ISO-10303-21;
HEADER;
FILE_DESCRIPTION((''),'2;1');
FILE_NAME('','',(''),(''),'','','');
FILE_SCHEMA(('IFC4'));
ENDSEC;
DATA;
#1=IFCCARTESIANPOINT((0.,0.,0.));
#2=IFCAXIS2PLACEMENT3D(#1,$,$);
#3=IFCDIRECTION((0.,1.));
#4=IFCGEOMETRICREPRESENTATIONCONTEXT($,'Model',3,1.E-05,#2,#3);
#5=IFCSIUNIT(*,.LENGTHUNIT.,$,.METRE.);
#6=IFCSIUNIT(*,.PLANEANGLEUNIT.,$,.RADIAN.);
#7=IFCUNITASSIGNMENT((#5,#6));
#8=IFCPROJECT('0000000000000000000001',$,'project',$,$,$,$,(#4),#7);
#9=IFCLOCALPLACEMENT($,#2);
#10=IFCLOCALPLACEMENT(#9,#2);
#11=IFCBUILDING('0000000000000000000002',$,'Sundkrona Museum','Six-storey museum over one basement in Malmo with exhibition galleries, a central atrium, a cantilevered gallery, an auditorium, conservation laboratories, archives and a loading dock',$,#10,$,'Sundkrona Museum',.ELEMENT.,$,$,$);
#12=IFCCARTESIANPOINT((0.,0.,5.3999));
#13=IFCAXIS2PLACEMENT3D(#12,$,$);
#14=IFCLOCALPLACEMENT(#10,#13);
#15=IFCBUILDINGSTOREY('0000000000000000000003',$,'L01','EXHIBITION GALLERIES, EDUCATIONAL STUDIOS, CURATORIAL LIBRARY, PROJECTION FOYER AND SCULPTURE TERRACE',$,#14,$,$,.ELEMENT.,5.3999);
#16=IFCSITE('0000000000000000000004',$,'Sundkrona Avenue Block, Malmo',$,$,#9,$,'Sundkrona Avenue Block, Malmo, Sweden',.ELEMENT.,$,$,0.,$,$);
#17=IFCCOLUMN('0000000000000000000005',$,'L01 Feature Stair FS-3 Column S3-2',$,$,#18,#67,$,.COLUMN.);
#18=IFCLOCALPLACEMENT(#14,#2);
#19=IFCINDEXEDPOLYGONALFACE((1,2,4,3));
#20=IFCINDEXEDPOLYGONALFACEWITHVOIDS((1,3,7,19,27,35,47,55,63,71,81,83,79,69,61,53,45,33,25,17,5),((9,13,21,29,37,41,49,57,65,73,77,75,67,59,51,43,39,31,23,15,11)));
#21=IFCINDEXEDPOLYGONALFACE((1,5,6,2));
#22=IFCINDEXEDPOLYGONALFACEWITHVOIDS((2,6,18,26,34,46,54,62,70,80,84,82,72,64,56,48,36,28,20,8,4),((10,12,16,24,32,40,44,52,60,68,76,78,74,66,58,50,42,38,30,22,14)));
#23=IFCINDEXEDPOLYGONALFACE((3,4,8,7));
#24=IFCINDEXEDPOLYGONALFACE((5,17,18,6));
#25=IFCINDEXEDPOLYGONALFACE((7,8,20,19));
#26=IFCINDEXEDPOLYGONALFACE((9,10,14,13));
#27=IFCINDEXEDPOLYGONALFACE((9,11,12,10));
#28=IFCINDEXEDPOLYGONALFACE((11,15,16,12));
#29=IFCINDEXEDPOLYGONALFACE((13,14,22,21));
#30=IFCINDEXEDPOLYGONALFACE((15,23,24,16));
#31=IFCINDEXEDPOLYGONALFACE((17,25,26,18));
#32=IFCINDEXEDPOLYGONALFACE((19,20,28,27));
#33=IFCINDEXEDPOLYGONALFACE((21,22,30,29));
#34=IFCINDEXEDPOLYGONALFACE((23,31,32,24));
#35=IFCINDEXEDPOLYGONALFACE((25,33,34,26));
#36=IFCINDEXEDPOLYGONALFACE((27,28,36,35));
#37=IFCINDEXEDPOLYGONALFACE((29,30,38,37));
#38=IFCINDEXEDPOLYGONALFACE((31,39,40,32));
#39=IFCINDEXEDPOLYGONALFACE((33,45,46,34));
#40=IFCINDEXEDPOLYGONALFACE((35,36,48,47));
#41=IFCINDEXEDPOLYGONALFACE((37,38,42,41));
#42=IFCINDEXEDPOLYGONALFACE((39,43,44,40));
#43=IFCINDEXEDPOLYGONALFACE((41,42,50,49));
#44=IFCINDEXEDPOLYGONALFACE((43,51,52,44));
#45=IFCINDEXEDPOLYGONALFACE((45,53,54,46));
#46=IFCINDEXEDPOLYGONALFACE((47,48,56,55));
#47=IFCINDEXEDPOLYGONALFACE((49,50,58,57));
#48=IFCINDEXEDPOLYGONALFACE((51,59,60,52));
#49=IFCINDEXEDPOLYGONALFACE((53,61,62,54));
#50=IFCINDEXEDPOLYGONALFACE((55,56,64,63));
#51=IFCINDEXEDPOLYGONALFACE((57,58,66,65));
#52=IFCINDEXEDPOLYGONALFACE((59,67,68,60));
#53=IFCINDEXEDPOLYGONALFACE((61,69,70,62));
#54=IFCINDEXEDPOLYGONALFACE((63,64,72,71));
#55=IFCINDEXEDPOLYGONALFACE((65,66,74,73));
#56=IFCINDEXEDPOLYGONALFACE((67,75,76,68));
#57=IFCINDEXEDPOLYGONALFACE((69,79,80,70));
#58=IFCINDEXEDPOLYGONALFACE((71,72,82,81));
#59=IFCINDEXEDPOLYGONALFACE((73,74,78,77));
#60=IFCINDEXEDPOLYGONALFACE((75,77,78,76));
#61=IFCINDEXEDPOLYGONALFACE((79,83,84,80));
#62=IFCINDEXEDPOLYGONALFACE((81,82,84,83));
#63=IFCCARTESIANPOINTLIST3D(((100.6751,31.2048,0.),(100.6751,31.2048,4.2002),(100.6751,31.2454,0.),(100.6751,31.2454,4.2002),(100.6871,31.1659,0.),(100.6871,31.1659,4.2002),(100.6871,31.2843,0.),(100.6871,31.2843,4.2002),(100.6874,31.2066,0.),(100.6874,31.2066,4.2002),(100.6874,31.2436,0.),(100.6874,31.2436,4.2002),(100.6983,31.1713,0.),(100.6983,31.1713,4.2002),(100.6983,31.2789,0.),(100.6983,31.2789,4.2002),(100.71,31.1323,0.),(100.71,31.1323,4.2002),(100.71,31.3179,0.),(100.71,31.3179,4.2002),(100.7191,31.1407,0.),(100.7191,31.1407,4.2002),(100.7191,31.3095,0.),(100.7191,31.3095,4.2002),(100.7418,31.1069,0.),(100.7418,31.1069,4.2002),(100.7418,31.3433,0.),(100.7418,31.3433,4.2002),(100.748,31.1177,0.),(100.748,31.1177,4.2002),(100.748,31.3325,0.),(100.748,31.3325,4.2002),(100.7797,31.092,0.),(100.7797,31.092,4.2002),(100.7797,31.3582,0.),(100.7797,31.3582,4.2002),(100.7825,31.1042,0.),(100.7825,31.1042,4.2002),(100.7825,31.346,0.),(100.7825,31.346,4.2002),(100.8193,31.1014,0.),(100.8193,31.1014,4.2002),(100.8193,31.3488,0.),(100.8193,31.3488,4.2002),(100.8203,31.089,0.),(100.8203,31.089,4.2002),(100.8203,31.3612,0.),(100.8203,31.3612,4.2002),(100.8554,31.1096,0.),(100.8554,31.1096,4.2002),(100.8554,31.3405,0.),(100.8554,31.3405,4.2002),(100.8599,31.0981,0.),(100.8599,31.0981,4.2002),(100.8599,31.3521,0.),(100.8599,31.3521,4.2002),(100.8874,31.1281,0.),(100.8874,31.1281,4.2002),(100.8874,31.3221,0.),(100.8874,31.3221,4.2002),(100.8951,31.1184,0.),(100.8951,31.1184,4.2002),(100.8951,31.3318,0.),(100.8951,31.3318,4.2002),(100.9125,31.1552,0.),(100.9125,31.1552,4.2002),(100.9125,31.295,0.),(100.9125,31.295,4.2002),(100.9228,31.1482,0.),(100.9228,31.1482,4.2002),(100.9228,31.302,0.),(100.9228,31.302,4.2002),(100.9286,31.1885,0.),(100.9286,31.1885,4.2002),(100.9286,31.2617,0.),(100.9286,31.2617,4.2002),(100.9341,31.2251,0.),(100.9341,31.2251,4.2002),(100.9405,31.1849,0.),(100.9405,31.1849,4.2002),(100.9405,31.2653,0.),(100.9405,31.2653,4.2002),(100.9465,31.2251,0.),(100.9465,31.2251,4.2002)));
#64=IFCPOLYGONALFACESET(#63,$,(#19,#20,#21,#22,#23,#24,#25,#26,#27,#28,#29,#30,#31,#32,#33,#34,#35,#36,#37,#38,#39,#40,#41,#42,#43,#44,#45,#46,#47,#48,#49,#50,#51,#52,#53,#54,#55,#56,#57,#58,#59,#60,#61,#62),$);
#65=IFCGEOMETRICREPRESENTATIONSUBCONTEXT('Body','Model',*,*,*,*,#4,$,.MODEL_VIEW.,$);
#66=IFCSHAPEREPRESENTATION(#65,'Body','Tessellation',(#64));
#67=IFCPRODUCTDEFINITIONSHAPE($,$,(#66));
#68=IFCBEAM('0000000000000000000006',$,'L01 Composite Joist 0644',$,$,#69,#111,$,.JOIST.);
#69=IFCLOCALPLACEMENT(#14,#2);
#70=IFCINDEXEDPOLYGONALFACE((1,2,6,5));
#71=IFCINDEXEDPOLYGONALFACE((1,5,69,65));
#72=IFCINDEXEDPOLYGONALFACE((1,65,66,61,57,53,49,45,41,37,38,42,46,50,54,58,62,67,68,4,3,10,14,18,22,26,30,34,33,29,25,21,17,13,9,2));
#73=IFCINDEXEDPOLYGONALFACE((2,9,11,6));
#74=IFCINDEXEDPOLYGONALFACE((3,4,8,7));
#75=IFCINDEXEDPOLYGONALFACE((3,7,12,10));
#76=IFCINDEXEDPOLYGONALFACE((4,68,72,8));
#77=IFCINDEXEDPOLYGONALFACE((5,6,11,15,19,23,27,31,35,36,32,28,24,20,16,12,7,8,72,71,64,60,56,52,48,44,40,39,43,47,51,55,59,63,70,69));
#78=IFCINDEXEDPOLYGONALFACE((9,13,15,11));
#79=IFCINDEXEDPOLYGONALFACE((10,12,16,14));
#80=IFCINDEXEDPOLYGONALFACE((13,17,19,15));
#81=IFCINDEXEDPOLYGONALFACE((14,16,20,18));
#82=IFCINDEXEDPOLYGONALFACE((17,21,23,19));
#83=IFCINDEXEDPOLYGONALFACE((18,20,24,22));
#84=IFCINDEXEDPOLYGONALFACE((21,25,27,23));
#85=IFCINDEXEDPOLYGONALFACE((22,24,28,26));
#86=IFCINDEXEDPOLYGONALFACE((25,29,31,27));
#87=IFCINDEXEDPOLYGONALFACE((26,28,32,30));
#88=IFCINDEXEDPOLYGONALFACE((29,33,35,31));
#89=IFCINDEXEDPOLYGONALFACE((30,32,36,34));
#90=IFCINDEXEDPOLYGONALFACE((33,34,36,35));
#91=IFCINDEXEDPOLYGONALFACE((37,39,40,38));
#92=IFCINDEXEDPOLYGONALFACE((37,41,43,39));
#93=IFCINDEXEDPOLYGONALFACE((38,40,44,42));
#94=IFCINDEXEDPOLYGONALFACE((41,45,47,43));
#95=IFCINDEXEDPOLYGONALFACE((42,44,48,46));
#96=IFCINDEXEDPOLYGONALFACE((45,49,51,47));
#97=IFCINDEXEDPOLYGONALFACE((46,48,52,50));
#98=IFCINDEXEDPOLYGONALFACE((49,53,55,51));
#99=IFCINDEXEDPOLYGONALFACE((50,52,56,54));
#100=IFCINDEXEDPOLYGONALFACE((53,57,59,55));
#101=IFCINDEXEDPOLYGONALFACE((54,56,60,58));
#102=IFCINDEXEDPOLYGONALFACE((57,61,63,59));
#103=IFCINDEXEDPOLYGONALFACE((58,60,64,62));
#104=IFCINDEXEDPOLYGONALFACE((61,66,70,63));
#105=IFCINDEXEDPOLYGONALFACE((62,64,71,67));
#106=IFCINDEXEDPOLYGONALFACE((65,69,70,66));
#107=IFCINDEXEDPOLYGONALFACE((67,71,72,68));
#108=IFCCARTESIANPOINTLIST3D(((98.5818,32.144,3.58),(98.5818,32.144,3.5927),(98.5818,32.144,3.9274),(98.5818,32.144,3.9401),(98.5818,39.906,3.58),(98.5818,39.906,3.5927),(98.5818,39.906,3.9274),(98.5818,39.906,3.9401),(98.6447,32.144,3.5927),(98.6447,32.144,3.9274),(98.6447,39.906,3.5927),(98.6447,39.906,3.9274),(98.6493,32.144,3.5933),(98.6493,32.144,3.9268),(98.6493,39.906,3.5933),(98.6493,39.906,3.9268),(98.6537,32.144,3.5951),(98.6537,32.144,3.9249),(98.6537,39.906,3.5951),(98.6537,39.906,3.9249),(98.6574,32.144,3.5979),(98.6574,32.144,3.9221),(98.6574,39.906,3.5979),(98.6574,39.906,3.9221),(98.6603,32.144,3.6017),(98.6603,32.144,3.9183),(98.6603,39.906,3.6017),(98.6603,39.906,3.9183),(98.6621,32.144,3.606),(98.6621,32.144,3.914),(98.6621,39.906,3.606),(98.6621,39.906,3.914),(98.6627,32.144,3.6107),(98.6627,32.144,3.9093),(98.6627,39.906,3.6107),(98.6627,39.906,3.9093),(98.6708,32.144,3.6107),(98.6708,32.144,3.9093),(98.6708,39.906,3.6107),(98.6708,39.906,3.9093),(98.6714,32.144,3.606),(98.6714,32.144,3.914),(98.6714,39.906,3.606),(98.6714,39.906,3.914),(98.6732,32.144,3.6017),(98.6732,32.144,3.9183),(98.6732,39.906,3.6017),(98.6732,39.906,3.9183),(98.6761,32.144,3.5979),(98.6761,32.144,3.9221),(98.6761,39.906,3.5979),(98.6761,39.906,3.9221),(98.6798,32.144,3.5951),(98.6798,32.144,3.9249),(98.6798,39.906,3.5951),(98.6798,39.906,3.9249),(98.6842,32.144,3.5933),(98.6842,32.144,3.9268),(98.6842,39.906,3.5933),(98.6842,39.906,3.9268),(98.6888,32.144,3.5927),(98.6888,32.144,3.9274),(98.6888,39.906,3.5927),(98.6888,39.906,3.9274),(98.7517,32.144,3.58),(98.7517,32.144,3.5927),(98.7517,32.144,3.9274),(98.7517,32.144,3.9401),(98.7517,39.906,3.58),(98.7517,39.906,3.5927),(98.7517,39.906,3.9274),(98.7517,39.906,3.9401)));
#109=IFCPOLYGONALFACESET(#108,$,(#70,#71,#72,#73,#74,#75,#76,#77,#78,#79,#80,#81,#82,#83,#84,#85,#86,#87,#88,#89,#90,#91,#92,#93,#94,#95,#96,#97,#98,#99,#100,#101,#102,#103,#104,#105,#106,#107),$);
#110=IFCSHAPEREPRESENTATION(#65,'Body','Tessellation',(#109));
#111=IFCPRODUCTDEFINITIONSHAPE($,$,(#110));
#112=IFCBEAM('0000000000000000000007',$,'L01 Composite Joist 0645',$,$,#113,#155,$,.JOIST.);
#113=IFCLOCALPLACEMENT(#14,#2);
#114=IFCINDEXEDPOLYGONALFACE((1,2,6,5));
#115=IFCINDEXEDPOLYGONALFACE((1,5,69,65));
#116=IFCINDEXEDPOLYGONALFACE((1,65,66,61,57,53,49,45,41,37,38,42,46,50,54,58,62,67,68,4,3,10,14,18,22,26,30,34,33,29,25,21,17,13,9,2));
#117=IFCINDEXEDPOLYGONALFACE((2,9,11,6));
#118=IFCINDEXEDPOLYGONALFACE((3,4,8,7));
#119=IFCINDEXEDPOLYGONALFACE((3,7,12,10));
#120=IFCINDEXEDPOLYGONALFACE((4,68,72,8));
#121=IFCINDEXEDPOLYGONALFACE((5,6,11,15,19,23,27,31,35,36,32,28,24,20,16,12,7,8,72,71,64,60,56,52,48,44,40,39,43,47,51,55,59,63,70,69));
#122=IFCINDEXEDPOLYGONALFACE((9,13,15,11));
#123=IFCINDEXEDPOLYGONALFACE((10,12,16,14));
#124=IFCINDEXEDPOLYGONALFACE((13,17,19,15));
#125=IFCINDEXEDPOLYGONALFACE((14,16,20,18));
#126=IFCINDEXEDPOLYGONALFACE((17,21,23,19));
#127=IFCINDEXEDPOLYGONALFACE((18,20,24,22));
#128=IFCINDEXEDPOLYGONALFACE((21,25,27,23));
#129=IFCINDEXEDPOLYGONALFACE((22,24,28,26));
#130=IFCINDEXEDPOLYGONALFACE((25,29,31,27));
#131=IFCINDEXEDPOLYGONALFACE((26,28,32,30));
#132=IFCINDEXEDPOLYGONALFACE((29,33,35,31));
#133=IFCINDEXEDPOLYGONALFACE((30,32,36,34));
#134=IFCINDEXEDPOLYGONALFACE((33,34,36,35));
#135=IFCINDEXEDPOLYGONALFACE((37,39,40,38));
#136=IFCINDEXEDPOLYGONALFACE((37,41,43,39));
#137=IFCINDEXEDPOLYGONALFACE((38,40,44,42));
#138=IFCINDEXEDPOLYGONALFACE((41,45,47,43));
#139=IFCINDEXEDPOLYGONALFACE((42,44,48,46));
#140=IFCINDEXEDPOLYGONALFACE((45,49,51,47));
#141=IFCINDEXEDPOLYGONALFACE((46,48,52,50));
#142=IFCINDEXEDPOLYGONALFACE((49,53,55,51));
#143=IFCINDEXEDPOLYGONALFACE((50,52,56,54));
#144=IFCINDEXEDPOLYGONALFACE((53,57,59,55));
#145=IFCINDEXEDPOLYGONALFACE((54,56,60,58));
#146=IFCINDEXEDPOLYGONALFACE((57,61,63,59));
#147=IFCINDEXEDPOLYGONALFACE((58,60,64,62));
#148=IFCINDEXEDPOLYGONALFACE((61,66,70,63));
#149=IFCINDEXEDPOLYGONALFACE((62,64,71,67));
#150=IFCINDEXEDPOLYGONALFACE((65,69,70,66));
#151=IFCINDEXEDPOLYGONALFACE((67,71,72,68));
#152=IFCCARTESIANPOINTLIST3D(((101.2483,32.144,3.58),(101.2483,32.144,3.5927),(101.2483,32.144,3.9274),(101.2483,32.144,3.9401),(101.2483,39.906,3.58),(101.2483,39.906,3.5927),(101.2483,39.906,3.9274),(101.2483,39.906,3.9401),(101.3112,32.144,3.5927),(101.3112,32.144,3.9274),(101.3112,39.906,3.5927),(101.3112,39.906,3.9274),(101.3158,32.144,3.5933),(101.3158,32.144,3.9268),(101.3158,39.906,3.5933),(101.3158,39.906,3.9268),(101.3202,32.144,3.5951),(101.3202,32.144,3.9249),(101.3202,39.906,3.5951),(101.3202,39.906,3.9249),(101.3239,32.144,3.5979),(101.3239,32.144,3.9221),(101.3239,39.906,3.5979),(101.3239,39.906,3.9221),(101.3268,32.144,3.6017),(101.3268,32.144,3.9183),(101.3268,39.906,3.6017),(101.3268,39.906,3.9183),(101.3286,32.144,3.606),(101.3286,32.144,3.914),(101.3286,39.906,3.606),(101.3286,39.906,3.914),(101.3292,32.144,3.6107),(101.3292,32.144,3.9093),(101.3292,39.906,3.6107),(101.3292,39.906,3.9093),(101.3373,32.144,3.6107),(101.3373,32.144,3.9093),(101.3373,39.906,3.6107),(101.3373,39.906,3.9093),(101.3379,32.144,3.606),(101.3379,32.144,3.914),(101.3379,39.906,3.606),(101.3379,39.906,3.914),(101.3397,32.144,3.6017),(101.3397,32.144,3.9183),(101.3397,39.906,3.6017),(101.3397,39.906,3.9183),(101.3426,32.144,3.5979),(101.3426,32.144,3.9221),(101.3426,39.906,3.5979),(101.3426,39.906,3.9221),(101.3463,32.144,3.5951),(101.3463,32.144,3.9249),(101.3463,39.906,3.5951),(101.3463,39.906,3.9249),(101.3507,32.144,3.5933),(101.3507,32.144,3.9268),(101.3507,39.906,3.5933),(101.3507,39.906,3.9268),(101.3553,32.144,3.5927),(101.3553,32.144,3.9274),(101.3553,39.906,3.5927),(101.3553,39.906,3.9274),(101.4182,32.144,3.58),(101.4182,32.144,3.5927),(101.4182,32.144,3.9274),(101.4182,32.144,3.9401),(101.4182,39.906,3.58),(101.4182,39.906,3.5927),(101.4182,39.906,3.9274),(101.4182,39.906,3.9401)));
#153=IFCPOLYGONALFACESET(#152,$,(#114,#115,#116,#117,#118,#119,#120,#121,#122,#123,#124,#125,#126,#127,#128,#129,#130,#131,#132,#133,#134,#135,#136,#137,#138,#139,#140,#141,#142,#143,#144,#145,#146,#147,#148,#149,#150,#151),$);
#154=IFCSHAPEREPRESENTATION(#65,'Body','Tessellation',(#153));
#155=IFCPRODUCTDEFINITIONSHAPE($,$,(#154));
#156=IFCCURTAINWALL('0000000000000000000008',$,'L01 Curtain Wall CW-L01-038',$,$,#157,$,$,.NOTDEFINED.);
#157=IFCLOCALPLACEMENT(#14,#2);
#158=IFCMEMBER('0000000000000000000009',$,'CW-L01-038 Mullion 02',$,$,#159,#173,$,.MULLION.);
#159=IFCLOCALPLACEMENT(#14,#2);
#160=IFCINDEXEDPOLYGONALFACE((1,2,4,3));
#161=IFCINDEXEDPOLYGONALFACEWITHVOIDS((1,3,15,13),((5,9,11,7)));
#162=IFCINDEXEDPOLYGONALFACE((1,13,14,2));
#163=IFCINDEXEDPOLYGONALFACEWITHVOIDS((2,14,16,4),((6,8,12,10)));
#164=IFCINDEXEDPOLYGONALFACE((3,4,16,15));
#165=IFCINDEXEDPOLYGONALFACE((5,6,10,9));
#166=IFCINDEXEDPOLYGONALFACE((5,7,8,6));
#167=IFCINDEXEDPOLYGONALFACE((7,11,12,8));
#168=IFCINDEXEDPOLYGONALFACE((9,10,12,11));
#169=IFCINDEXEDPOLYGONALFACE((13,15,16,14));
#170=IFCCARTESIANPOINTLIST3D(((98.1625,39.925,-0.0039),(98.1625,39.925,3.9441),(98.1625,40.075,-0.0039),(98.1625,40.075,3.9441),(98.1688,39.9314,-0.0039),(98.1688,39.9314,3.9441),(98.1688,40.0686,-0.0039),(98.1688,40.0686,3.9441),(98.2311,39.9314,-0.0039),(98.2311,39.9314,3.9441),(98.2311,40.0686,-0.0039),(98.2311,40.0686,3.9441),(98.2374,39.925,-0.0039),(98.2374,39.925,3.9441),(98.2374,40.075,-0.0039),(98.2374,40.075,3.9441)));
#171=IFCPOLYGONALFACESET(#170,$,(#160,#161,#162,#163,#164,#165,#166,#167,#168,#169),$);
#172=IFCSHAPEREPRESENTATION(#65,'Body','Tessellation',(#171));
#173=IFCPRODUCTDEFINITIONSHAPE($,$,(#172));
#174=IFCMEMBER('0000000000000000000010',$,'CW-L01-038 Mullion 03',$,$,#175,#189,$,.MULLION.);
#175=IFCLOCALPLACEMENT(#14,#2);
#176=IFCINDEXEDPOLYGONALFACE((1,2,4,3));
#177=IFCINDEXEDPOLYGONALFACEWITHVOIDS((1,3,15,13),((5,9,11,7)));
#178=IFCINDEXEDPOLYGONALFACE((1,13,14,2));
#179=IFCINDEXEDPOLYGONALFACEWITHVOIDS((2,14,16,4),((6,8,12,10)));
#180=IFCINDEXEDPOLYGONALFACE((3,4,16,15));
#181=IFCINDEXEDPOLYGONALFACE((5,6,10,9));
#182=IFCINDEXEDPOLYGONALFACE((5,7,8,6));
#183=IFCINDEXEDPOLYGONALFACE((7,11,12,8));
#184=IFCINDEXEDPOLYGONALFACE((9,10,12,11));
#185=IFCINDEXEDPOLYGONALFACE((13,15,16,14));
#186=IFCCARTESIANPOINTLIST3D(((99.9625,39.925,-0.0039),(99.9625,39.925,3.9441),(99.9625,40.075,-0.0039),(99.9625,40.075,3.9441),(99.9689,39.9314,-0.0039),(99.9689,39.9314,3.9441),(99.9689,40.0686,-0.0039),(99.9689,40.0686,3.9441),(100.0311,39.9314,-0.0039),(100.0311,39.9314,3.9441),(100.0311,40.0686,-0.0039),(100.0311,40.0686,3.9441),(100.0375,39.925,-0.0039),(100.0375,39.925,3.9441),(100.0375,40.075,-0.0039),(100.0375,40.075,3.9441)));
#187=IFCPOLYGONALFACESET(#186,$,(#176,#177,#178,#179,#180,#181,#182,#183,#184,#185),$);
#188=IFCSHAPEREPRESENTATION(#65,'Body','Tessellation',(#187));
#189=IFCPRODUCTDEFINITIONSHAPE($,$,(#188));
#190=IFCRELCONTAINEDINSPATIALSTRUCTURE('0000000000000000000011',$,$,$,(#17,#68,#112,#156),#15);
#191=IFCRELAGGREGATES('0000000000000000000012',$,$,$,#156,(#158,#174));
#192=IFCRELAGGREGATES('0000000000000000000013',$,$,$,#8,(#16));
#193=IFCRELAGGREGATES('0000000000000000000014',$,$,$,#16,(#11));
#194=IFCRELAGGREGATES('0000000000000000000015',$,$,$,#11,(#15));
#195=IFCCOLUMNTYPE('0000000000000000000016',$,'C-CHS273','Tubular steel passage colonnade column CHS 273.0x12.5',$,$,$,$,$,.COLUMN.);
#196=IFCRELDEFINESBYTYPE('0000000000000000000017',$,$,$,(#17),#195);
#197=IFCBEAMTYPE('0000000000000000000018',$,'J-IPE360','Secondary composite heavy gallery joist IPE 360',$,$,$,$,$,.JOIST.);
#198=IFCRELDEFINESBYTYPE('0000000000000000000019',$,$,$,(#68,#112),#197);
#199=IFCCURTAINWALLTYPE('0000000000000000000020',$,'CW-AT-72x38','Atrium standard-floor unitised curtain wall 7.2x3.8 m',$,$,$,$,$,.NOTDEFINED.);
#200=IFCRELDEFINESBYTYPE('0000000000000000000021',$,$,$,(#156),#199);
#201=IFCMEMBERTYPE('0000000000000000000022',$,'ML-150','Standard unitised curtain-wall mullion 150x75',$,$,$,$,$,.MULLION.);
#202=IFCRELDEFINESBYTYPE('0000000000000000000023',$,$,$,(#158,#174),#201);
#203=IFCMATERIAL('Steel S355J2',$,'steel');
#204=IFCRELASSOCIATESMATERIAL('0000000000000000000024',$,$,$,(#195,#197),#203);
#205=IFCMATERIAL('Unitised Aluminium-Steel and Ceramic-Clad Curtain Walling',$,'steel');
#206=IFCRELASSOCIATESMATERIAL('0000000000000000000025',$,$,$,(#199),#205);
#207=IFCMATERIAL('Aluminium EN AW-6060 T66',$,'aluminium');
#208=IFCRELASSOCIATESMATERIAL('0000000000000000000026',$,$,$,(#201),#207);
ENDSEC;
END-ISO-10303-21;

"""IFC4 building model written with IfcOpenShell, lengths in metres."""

from ifc_helpers import new_model, si_unit, direction, frame, origin, origin_2d, place, context, subcontext, project, spatial, hollow_rectangle, hollow_circle, i_section, extrude, material, material_profile, profile_set, type_object, element, aggregate, save


model = new_model("IFC4")

# Units and contexts
model_context = context("Model", 3, precision=1e-05, world=origin(), true_north=direction((0.0, 1.0)))
body_context = subcontext(model_context, "Body", "Model", "MODEL_VIEW")
ifc_project = project(units=[si_unit("LENGTHUNIT", "METRE"), si_unit("PLANEANGLEUNIT", "RADIAN")], contexts=[model_context])

# Site, building, storey
site_placement = place(None, origin())
site = spatial("IfcSite", under=ifc_project, at=site_placement, Name="Sundkrona Avenue Block, Malmo", LongName="Sundkrona Avenue Block, Malmo, Sweden", CompositionType="ELEMENT", RefElevation=0.0)
building_placement = place(site_placement, origin())
building = spatial("IfcBuilding", under=site, at=building_placement, Name="Sundkrona Museum", Description="Six-storey museum over one basement in Malmo with exhibition galleries, a central atrium, a cantilevered gallery, an auditorium, conservation laboratories, archives and a loading dock", LongName="Sundkrona Museum", CompositionType="ELEMENT")
storey_placement = place(building_placement, frame((0.0, 0.0, 5.3999)))
storey = spatial("IfcBuildingStorey", under=building, at=storey_placement, Name="L01", Description="EXHIBITION GALLERIES, EDUCATIONAL STUDIOS, CURATORIAL LIBRARY, PROJECTION FOYER AND SCULPTURE TERRACE", CompositionType="ELEMENT", Elevation=5.3999)

# Column
ifc_material_1 = material(Name="Steel S355J2", Category="steel")
ifc_material_profile_1 = material_profile(ifc_material_1, hollow_circle(Radius=0.1365, WallThickness=0.0125, at=origin_2d()), Name="CHS 273.0x12.5")
ifc_profile_set_1 = profile_set([ifc_material_profile_1], Name="Steel S355J2")
column_type = type_object("IfcColumnType", Name="C-CHS273", Description="Tubular steel passage colonnade column CHS 273.0x12.5", PredefinedType="COLUMN", material=ifc_profile_set_1)
column_placement = place(storey_placement, frame((100.8101, 31.2251, 0.0), z_axis=(0.0, 0.0, 1.0), x_axis=(1.0, 0.0, 0.0)))
element("IfcColumn", 1, at=column_placement, inside=storey, type_object=column_type, Name="L01 Feature Stair FS-3 Column S3-2", PredefinedType="COLUMN", context=body_context, shape_type="SweptSolid", body=[
    extrude(hollow_circle(Radius=0.1365, WallThickness=0.0125, at=origin_2d()), origin(), (0.0, 0.0, 1.0), 4.2002),
])

# Beams
ifc_material_profile_2 = material_profile(ifc_material_1, i_section(OverallWidth=0.1699, OverallDepth=0.3601, WebThickness=0.0081, FlangeThickness=0.0127, FilletRadius=0.0181, at=origin_2d()), Name="IPE 360")
ifc_profile_set_2 = profile_set([ifc_material_profile_2], Name="Steel S355J2")
beam_type = type_object("IfcBeamType", Name="J-IPE360", Description="Secondary composite heavy gallery joist IPE 360", PredefinedType="JOIST", material=ifc_profile_set_2)
for number, where, z_axis, x_axis, name in (
    (2, (98.6667, 32.144, 3.76), (0.0, 1.0, 0.0), (-1.0, 0.0, 0.0), "L01 Composite Joist 0644"),
    (3, (101.3333, 32.144, 3.76), (0.0, 1.0, 0.0), (-1.0, 0.0, 0.0), "L01 Composite Joist 0645"),
):
    element("IfcBeam", number, at=place(storey_placement, frame(where, z_axis=z_axis, x_axis=x_axis)), inside=storey, type_object=beam_type, Name=name, PredefinedType="JOIST", context=body_context, shape_type="SweptSolid", body=[
        extrude(i_section(OverallWidth=0.1699, OverallDepth=0.3601, WebThickness=0.0081, FlangeThickness=0.0127, FilletRadius=0.0181, at=origin_2d()), origin(), (0.0, 0.0, 1.0), 7.762),
    ])

# Curtain wall, members
ifc_material_2 = material(Name="Unitised Aluminium-Steel and Ceramic-Clad Curtain Walling", Category="steel")
curtain_wall_type_1 = type_object("IfcCurtainWallType", Name="CW-AT-72x38", Description="Atrium standard-floor unitised curtain wall 7.2x3.8 m", PredefinedType="NOTDEFINED", material=ifc_material_2)
curtain_wall_1_placement = place(storey_placement, origin())
curtain_wall_1 = element("IfcCurtainWall", 4, at=curtain_wall_1_placement, inside=storey, type_object=curtain_wall_type_1, Name="L01 Curtain Wall CW-L01-038", PredefinedType="NOTDEFINED")
ifc_material_3 = material(Name="Aluminium EN AW-6060 T66", Category="aluminium")
ifc_material_profile_3 = material_profile(ifc_material_3, hollow_rectangle(XDim=0.075, YDim=0.1499, WallThickness=0.0063, at=origin_2d()), Name="RHS 150x75x6.3")
ifc_profile_set_3 = profile_set([ifc_material_profile_3], Name="Aluminium EN AW-6060 T66")
member_type_1 = type_object("IfcMemberType", Name="ML-150", Description="Standard unitised curtain-wall mullion 150x75", PredefinedType="MULLION", material=ifc_profile_set_3)
member_1_placement = place(storey_placement, frame((98.2, 40.0, -0.0039), z_axis=(0.0, 0.0, 1.0), x_axis=(1.0, 0.0, 0.0)))
member_1 = element("IfcMember", 5, at=member_1_placement, type_object=member_type_1, Name="CW-L01-038 Mullion 02", PredefinedType="MULLION", context=body_context, shape_type="SweptSolid", body=[
    extrude(hollow_rectangle(XDim=0.075, YDim=0.1499, WallThickness=0.0063, at=origin_2d()), origin(), (0.0, 0.0, 1.0), 3.948),
])
member_2_placement = place(storey_placement, frame((100.0, 40.0, -0.0039), z_axis=(0.0, 0.0, 1.0), x_axis=(1.0, 0.0, 0.0)))
member_2 = element("IfcMember", 6, at=member_2_placement, type_object=member_type_1, Name="CW-L01-038 Mullion 03", PredefinedType="MULLION", context=body_context, shape_type="SweptSolid", body=[
    extrude(hollow_rectangle(XDim=0.075, YDim=0.1499, WallThickness=0.0063, at=origin_2d()), origin(), (0.0, 0.0, 1.0), 3.948),
])

aggregate(curtain_wall_1, [member_1, member_2])

save(model, "model.ifc")
